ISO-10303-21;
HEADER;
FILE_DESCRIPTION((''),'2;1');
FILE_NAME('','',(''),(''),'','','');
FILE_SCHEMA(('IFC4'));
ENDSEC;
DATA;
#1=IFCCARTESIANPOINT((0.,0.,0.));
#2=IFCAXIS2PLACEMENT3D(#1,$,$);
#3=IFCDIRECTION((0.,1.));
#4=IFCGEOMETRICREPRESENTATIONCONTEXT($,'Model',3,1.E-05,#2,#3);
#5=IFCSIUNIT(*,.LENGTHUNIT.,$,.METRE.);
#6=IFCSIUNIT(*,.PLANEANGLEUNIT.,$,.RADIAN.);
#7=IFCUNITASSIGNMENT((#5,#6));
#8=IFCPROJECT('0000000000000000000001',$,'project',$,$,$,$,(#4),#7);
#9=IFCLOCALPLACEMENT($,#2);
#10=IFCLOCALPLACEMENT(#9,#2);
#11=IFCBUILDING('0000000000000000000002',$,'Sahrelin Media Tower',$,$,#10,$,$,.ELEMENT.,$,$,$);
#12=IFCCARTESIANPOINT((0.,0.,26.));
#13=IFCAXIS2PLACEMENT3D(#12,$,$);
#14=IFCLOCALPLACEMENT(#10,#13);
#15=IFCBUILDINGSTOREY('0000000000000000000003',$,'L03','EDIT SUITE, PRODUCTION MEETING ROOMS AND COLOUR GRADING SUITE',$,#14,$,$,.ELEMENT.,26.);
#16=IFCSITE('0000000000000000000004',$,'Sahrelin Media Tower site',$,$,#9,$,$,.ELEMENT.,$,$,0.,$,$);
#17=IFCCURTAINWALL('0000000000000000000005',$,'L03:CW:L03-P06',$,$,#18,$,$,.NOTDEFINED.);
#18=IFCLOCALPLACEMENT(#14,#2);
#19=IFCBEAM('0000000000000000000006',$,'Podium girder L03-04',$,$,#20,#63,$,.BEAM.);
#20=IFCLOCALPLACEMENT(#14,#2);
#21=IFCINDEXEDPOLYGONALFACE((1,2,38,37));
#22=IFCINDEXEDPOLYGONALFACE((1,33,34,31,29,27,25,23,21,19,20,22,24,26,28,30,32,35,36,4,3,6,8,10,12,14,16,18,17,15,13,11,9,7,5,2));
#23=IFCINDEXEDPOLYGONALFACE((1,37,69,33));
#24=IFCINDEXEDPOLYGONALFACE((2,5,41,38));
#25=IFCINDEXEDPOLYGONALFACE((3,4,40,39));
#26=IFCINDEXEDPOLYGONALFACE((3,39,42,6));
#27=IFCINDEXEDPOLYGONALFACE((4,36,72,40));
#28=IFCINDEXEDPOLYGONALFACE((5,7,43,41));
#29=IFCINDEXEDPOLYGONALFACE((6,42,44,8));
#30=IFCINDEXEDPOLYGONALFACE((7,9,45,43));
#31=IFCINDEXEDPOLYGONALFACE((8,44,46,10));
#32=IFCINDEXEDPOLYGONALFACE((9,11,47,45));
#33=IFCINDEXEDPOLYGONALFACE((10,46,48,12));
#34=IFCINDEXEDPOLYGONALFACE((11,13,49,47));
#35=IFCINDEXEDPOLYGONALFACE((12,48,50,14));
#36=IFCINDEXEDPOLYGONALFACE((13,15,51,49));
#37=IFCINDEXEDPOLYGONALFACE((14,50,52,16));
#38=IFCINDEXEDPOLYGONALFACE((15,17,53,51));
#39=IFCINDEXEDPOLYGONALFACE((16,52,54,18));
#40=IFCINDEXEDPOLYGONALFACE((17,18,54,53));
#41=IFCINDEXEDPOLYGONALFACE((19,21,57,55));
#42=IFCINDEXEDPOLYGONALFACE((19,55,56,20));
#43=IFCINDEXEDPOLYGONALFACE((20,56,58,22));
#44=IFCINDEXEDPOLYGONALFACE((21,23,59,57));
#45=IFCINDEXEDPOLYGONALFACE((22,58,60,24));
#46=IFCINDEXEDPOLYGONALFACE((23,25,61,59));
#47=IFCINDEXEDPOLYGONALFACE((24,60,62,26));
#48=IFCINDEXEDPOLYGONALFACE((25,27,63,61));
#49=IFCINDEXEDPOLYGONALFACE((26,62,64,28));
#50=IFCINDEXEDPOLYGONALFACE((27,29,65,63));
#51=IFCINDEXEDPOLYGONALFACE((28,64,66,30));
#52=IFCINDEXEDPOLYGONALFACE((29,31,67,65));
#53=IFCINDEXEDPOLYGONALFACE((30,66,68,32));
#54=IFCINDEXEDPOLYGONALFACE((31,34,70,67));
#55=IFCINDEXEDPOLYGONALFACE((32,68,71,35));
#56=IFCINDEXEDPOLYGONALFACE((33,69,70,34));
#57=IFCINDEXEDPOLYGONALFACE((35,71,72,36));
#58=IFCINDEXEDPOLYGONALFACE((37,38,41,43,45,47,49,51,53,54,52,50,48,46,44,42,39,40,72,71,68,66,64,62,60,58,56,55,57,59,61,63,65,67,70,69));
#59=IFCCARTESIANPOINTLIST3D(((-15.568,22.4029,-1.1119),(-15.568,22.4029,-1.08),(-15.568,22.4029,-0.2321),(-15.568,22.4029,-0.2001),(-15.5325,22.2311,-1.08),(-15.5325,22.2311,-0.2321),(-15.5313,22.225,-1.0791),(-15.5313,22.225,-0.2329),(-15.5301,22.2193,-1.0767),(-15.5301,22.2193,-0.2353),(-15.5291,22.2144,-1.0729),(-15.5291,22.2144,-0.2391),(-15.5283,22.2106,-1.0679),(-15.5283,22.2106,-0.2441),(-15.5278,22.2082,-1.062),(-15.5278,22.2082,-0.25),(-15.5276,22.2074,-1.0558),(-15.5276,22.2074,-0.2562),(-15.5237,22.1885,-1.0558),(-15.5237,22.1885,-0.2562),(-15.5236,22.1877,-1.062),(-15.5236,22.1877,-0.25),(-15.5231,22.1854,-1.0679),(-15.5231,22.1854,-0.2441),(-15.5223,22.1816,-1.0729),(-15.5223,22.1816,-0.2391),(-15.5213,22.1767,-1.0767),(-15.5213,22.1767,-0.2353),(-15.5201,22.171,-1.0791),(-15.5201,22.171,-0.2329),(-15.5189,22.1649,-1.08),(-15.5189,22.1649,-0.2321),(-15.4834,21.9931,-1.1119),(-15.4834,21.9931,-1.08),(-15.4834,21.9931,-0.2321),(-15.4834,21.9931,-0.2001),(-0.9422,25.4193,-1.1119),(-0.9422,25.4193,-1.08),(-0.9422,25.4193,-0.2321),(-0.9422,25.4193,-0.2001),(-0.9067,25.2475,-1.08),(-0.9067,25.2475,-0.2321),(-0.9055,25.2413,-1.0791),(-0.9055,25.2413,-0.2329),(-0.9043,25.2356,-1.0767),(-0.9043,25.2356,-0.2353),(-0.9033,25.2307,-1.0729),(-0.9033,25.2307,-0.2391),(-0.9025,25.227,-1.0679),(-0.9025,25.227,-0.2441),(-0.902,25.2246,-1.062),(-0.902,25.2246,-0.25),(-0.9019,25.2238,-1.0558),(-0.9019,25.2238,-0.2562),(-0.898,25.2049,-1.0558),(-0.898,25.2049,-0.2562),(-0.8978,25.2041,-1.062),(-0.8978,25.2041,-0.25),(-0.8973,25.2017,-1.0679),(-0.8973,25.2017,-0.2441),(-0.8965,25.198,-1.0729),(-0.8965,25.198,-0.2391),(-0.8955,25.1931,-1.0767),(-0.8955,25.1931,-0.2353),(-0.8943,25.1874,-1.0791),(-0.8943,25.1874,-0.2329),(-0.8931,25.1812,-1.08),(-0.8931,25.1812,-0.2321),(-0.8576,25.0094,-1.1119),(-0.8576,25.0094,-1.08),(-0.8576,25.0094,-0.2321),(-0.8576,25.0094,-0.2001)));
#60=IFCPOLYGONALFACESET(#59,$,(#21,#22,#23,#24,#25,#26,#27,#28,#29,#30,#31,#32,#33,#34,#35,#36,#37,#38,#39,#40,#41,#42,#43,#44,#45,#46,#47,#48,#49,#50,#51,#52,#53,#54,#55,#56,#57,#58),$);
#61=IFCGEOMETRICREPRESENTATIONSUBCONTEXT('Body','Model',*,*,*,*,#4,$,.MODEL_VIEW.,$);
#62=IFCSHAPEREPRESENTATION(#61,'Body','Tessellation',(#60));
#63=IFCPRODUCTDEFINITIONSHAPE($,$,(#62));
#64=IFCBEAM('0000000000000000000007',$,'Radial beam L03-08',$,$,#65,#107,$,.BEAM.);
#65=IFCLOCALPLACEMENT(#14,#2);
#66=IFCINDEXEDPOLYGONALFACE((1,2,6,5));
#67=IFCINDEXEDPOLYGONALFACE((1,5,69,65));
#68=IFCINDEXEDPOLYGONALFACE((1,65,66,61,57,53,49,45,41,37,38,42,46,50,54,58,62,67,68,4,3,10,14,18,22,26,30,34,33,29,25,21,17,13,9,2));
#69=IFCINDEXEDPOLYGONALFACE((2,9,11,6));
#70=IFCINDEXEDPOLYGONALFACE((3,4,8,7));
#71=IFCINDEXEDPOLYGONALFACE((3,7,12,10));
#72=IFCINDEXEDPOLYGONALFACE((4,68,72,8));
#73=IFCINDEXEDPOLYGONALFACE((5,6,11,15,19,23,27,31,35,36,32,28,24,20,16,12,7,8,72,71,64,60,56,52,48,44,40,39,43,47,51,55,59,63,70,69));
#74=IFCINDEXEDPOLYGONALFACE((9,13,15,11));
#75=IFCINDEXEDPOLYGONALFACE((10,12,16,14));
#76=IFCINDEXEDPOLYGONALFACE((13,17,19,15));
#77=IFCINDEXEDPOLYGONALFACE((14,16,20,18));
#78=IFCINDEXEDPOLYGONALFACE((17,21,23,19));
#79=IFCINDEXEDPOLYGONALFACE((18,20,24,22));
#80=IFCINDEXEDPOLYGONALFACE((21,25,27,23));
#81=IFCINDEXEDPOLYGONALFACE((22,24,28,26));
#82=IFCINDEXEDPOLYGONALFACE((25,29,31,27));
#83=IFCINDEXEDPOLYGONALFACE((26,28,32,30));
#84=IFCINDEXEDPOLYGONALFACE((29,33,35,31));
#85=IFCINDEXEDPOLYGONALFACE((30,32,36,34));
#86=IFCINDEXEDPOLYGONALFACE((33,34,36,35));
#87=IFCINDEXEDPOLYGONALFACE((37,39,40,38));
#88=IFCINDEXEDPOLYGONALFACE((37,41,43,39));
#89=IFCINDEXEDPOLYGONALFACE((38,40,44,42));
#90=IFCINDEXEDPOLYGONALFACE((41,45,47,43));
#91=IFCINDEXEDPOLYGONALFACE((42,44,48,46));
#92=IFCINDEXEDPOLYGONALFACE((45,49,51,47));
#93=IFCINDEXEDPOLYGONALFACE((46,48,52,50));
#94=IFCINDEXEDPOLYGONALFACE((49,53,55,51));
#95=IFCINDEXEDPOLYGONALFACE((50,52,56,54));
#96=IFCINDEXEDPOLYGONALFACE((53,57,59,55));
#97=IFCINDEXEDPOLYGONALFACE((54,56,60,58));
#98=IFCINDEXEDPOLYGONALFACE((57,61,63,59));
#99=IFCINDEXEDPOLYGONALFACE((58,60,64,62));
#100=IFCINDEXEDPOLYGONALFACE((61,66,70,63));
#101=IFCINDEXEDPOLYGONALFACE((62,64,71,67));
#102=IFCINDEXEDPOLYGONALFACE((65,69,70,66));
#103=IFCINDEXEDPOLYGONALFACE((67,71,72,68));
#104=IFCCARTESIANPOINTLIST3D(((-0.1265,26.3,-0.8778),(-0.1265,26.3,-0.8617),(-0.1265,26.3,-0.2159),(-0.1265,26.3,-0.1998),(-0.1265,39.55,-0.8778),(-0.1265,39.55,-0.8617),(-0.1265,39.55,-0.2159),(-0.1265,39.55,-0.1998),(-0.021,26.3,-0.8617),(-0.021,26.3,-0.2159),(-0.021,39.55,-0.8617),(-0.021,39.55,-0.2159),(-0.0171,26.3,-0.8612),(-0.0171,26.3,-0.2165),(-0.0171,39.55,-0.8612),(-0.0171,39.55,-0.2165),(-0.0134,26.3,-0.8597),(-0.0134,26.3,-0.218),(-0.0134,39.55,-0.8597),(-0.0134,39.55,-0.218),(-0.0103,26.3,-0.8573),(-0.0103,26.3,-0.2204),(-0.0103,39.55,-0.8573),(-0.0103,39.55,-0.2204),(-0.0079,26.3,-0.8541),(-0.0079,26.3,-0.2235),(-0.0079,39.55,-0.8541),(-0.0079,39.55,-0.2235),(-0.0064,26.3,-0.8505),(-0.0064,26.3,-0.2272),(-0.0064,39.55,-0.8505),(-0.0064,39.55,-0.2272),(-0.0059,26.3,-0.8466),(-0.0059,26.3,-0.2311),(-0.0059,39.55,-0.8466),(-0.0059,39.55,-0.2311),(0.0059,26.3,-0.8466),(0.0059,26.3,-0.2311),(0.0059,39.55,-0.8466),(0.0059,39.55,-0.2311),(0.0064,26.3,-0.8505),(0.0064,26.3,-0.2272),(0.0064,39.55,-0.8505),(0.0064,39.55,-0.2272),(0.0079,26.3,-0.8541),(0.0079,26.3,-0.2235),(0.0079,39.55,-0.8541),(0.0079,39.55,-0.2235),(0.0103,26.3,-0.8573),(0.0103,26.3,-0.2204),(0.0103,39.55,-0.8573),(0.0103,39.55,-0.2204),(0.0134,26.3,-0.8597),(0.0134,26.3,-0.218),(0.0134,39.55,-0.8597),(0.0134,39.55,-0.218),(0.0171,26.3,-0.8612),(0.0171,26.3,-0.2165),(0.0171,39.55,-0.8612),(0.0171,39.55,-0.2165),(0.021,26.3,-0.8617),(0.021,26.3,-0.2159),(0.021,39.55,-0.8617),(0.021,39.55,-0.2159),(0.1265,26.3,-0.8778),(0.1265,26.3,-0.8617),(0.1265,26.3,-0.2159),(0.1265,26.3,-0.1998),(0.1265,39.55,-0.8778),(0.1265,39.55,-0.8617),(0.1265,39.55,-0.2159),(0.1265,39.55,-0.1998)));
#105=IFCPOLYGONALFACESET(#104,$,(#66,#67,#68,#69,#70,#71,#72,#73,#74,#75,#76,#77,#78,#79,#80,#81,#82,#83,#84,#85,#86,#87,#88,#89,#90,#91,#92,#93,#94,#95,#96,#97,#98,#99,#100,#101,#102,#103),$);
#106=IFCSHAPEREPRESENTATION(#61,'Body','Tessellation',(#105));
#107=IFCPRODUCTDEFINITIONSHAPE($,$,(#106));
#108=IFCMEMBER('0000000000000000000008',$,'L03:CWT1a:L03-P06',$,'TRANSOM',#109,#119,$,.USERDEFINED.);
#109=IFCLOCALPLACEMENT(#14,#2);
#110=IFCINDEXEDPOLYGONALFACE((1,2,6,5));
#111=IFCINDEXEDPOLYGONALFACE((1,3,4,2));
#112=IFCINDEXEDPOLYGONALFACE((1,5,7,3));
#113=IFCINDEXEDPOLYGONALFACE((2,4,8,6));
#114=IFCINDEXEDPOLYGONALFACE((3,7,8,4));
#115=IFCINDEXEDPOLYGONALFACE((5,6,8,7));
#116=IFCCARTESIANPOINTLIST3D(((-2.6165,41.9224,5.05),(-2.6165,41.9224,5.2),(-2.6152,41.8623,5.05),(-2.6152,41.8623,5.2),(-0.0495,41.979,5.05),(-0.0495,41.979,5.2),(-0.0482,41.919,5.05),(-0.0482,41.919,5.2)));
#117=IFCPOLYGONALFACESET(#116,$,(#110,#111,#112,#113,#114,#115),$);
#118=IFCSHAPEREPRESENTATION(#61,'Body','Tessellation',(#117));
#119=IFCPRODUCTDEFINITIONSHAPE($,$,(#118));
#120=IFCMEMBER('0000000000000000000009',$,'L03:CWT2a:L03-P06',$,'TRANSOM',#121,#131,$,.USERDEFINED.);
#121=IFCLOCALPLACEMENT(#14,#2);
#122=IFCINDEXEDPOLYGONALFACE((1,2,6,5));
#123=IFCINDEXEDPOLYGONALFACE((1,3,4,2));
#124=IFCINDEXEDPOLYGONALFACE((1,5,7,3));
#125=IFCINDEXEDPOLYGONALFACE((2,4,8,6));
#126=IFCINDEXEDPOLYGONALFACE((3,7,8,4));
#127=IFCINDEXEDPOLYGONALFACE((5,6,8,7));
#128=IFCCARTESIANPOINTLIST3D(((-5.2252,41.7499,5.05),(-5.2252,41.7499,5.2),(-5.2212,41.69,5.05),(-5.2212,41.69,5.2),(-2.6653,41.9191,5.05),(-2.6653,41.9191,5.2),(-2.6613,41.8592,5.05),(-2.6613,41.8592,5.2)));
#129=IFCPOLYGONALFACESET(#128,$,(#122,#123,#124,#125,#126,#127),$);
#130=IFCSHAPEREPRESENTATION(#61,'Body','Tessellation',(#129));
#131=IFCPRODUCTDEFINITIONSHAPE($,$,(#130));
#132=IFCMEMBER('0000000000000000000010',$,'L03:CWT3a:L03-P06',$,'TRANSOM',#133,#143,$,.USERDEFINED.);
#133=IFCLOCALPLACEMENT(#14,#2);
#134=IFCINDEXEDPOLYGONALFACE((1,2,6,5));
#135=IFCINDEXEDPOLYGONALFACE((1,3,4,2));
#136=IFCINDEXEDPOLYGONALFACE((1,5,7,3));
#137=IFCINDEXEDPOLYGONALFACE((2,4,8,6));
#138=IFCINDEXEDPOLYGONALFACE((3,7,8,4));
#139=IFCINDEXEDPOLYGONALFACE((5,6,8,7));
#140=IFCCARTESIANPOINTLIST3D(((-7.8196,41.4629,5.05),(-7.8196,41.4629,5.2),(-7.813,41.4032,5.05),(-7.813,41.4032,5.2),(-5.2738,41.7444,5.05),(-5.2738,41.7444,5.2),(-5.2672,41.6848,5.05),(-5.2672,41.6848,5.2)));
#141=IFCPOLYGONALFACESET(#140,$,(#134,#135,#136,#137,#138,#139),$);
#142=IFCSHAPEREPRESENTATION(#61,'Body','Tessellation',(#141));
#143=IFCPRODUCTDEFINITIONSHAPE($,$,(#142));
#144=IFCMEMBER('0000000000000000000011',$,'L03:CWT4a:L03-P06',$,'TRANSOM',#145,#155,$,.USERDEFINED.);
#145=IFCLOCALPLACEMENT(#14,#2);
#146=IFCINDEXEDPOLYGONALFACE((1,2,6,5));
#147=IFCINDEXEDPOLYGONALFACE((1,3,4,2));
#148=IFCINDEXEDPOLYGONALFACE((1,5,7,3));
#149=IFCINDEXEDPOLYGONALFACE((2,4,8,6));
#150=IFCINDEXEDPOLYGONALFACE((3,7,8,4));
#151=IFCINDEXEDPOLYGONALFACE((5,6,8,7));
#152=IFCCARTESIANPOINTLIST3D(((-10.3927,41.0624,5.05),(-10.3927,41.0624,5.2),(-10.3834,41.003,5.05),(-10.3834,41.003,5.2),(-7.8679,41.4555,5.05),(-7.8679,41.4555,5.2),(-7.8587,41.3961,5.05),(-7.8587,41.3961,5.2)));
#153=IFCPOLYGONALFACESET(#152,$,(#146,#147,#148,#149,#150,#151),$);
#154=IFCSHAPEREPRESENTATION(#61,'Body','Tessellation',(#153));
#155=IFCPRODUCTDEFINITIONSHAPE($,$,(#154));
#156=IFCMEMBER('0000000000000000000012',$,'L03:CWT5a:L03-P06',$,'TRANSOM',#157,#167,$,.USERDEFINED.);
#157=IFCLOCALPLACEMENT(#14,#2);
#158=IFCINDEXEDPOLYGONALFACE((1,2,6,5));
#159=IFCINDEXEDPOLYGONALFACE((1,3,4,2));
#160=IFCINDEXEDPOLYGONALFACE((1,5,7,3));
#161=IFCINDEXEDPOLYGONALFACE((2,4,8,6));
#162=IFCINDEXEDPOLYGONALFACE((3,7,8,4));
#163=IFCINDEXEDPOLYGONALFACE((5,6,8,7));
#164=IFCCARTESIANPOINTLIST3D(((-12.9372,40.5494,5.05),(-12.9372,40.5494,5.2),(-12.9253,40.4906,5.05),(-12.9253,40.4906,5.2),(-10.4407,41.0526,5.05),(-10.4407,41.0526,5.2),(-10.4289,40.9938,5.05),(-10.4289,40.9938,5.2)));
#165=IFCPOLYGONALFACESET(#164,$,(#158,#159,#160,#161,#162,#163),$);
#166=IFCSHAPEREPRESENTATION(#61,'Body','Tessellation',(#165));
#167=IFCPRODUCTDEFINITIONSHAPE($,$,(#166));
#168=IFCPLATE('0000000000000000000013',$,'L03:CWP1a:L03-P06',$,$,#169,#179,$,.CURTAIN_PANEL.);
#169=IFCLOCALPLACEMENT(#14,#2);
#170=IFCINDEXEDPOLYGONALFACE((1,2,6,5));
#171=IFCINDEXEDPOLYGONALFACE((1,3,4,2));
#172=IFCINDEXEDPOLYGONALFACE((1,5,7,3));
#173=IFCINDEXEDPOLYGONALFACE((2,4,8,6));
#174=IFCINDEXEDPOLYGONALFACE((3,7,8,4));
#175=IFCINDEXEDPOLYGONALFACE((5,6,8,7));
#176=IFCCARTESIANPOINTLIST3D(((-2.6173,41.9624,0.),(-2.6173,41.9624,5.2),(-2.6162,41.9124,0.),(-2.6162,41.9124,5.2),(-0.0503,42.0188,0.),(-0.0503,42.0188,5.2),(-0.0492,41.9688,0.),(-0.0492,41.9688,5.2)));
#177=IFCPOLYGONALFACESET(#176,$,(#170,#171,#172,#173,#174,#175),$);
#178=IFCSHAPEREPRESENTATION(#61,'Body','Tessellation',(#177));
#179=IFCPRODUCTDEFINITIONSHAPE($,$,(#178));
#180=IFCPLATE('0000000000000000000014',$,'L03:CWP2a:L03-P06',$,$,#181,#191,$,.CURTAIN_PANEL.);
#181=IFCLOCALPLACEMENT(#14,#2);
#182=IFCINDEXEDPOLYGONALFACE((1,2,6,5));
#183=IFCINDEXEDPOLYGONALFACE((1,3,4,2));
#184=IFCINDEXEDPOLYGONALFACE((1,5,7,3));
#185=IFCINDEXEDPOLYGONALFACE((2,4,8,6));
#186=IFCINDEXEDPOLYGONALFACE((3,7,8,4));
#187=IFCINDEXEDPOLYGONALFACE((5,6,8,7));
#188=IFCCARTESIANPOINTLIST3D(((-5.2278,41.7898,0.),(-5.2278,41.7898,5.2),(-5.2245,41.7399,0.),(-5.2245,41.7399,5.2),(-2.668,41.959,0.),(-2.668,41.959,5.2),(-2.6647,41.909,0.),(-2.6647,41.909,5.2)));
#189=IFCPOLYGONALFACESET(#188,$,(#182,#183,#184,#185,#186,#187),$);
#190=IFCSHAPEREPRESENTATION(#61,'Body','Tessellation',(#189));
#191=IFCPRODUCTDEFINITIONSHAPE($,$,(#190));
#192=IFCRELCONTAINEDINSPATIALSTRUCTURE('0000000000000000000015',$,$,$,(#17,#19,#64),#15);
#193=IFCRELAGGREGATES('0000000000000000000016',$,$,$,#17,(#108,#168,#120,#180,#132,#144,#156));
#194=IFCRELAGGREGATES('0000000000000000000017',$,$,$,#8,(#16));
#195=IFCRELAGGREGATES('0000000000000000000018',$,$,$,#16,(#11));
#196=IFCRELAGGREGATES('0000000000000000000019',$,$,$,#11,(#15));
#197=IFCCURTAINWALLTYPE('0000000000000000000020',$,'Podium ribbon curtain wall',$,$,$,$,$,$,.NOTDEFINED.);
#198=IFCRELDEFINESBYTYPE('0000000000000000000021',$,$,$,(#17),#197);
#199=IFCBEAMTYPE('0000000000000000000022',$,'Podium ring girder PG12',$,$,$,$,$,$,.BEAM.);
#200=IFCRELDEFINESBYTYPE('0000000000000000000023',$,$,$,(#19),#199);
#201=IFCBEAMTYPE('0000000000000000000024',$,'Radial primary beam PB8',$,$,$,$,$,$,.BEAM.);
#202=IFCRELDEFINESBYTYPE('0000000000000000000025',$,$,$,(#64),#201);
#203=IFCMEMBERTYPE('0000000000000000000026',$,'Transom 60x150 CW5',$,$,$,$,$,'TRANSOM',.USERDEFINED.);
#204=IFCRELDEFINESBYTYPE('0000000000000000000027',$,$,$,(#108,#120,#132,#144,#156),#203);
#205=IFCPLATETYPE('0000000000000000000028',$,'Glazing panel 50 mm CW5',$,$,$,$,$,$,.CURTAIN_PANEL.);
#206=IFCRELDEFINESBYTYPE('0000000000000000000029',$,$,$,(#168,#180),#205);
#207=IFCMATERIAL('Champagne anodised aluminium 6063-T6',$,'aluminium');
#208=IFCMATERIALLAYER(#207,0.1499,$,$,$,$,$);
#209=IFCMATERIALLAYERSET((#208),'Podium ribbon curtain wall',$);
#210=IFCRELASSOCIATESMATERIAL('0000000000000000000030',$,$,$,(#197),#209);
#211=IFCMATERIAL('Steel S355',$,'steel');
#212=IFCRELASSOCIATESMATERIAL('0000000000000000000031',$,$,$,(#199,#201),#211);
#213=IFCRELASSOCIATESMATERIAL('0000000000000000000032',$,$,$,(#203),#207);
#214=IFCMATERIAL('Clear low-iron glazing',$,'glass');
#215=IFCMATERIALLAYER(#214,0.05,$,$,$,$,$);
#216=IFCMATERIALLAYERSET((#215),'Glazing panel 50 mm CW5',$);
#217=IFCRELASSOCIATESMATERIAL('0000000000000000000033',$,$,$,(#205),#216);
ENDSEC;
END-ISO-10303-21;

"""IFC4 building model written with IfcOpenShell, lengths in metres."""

from ifc_helpers import new_model, si_unit, direction, frame, origin, origin_2d, place, context, subcontext, project, spatial, polyline, rectangle, i_section, outline, extrude, material, layer, layer_set, material_profile, profile_set, type_object, element, aggregate, save


model = new_model("IFC4")

# Units and contexts
model_context = context("Model", 3, precision=1e-05, world=origin(), true_north=direction((0.0, 1.0)))
body_context = subcontext(model_context, "Body", "Model", "MODEL_VIEW")
ifc_project = project(units=[si_unit("LENGTHUNIT", "METRE"), si_unit("PLANEANGLEUNIT", "RADIAN")], contexts=[model_context])

# Site, building, storey
site_placement = place(None, origin())
site = spatial("IfcSite", under=ifc_project, at=site_placement, Name="Sahrelin Media Tower site", CompositionType="ELEMENT", RefElevation=0.0)
building_placement = place(site_placement, origin())
building = spatial("IfcBuilding", under=site, at=building_placement, Name="Sahrelin Media Tower", CompositionType="ELEMENT")
storey_placement = place(building_placement, frame((0.0, 0.0, 26.0)))
storey = spatial("IfcBuildingStorey", under=building, at=storey_placement, Name="L03", Description="EDIT SUITE, PRODUCTION MEETING ROOMS AND COLOUR GRADING SUITE", CompositionType="ELEMENT", Elevation=26.0)

# Shared definitions
ifc_material_1 = material(Name="Steel S355", Category="steel")

# Curtain wall
ifc_material_2 = material(Name="Champagne anodised aluminium 6063-T6", Category="aluminium")
ifc_layer_1 = layer(ifc_material_2, 0.1499)
ifc_layer_set_1 = layer_set([ifc_layer_1], Name="Podium ribbon curtain wall")
curtain_wall_type = type_object("IfcCurtainWallType", Name="Podium ribbon curtain wall", PredefinedType="NOTDEFINED", material=ifc_layer_set_1)
curtain_wall_placement = place(storey_placement, frame((0.0, 42.0, 0.0), z_axis=(0.0, 0.0, 1.0), x_axis=(1.0, 0.0, 0.0)))
curtain_wall = element("IfcCurtainWall", 1, at=curtain_wall_placement, inside=storey, type_object=curtain_wall_type, Name="L03:CW:L03-P06", PredefinedType="NOTDEFINED")

# Beams
ifc_material_profile_1 = material_profile(ifc_material_1, i_section(OverallWidth=0.4185, OverallDepth=0.9119, WebThickness=0.0193, FlangeThickness=0.032, FilletRadius=0.0242, at=origin_2d()), Name="UB 914x419x343")
ifc_profile_set_1 = profile_set([ifc_material_profile_1], Name="Steel S355")
beam_type_1 = type_object("IfcBeamType", Name="Podium ring girder PG12", PredefinedType="BEAM", material=ifc_profile_set_1)
beam_1_placement = place(storey_placement, frame((-0.8999, 25.2144, -0.656), z_axis=(-0.979389, -0.201985, 0.0), x_axis=(0.201985, -0.979389, 0.0)))
element("IfcBeam", 2, at=beam_1_placement, inside=storey, type_object=beam_type_1, Name="Podium girder L03-04", PredefinedType="BEAM", context=body_context, shape_type="SweptSolid", body=[
    extrude(i_section(OverallWidth=0.4185, OverallDepth=0.9119, WebThickness=0.0193, FlangeThickness=0.032, FilletRadius=0.0242, at=origin_2d()), origin(), (0.0, 0.0, 1.0), 14.9336),
])
ifc_material_profile_2 = material_profile(ifc_material_1, i_section(OverallWidth=0.2529, OverallDepth=0.678, WebThickness=0.0117, FlangeThickness=0.0161, FilletRadius=0.0151, at=origin_2d()), Name="UB 686x254x125")
ifc_profile_set_2 = profile_set([ifc_material_profile_2], Name="Steel S355")
beam_type_2 = type_object("IfcBeamType", Name="Radial primary beam PB8", PredefinedType="BEAM", material=ifc_profile_set_2)
beam_2_placement = place(storey_placement, frame((0.0, 26.3, -0.5388), z_axis=(0.0, 1.0, 0.0), x_axis=(-1.0, 0.0, 0.0)))
element("IfcBeam", 3, at=beam_2_placement, inside=storey, type_object=beam_type_2, Name="Radial beam L03-08", PredefinedType="BEAM", context=body_context, shape_type="SweptSolid", body=[
    extrude(i_section(OverallWidth=0.2529, OverallDepth=0.678, WebThickness=0.0117, FlangeThickness=0.0161, FilletRadius=0.0151, at=origin_2d()), origin(), (0.0, 0.0, 1.0), 13.25),
])

# Members
ifc_material_profile_3 = material_profile(ifc_material_2, rectangle(XDim=0.0601, YDim=0.1499, at=origin_2d()), Name="Transom 60x150")
ifc_profile_set_3 = profile_set([ifc_material_profile_3], Name="Champagne anodised aluminium 6063-T6")
member_type_1 = type_object("IfcMemberType", Name="Transom 60x150 CW5", ElementType="TRANSOM", PredefinedType="USERDEFINED", material=ifc_profile_set_3)
member_1_placement = place(storey_placement, frame((-0.0488, 41.949, 5.125), z_axis=(-0.999757, -0.02206, 0.0), x_axis=(0.02206, -0.999757, 0.0)))
member_1 = element("IfcMember", 4, at=member_1_placement, type_object=member_type_1, Name="L03:CWT1a:L03-P06", ObjectType="TRANSOM", PredefinedType="USERDEFINED", context=body_context, shape_type="SweptSolid", body=[
    extrude(rectangle(XDim=0.0601, YDim=0.1499, at=origin_2d()), origin(), (0.0, 0.0, 1.0), 2.5676),
])
member_2_placement = place(storey_placement, frame((-2.6633, 41.8892, 5.125), z_axis=(-0.997823, -0.065951, 0.0), x_axis=(0.065951, -0.997823, 0.0)))
member_2 = element("IfcMember", 5, at=member_2_placement, type_object=member_type_1, Name="L03:CWT2a:L03-P06", ObjectType="TRANSOM", PredefinedType="USERDEFINED", context=body_context, shape_type="SweptSolid", body=[
    extrude(rectangle(XDim=0.0601, YDim=0.1499, at=origin_2d()), origin(), (0.0, 0.0, 1.0), 2.5654),
])
member_3_placement = place(storey_placement, frame((-5.2705, 41.7146, 5.125), z_axis=(-0.993942, -0.109908, 0.0), x_axis=(0.109908, -0.993942, 0.0)))
member_3 = element("IfcMember", 6, at=member_3_placement, type_object=member_type_1, Name="L03:CWT3a:L03-P06", ObjectType="TRANSOM", PredefinedType="USERDEFINED", context=body_context, shape_type="SweptSolid", body=[
    extrude(rectangle(XDim=0.0601, YDim=0.1499, at=origin_2d()), origin(), (0.0, 0.0, 1.0), 2.5613),
])
member_4_placement = place(storey_placement, frame((-7.8633, 41.4258, 5.125), z_axis=(-0.988096, -0.153838, 0.0), x_axis=(0.153838, -0.988096, 0.0)))
member_4 = element("IfcMember", 7, at=member_4_placement, type_object=member_type_1, Name="L03:CWT4a:L03-P06", ObjectType="TRANSOM", PredefinedType="USERDEFINED", context=body_context, shape_type="SweptSolid", body=[
    extrude(rectangle(XDim=0.0601, YDim=0.1499, at=origin_2d()), origin(), (0.0, 0.0, 1.0), 2.5552),
])
member_5_placement = place(storey_placement, frame((-10.4348, 41.0232, 5.125), z_axis=(-0.980285, -0.197591, 0.0), x_axis=(0.197591, -0.980285, 0.0)))
member_5 = element("IfcMember", 8, at=member_5_placement, type_object=member_type_1, Name="L03:CWT5a:L03-P06", ObjectType="TRANSOM", PredefinedType="USERDEFINED", context=body_context, shape_type="SweptSolid", body=[
    extrude(rectangle(XDim=0.0601, YDim=0.1499, at=origin_2d()), origin(), (0.0, 0.0, 1.0), 2.5466),
])

# Plates
ifc_material_3 = material(Name="Clear low-iron glazing", Category="glass")
ifc_layer_2 = layer(ifc_material_3, 0.05)
ifc_layer_set_2 = layer_set([ifc_layer_2], Name="Glazing panel 50 mm CW5")
plate_type = type_object("IfcPlateType", Name="Glazing panel 50 mm CW5", PredefinedType="CURTAIN_PANEL", material=ifc_layer_set_2)
plate_1_placement = place(storey_placement, frame((-0.0503, 42.0188, 0.0), z_axis=(-0.021965, 0.999759, 0.0), x_axis=(-0.999759, -0.021965, 0.0)))
plate_1 = element("IfcPlate", 9, at=plate_1_placement, type_object=plate_type, Name="L03:CWP1a:L03-P06", PredefinedType="CURTAIN_PANEL", context=body_context, shape_type="SweptSolid", body=[
    extrude(outline(polyline([(0.0, 0.0), (2.5676, 0.0), (2.5676, 5.2), (0.0, 5.2), (0.0, 0.0)])), origin(), (0.0, 0.0, -1.0), 0.05),
])
plate_2_placement = place(storey_placement, frame((-2.668, 41.959, 0.0), z_axis=(-0.065951, 0.997823, 0.0), x_axis=(-0.997823, -0.065951, 0.0)))
plate_2 = element("IfcPlate", 10, at=plate_2_placement, type_object=plate_type, Name="L03:CWP2a:L03-P06", PredefinedType="CURTAIN_PANEL", context=body_context, shape_type="SweptSolid", body=[
    extrude(outline(polyline([(0.0, 0.0), (2.5654, 0.0), (2.5654, 5.2), (0.0, 5.2), (0.0, 0.0)])), origin(), (0.0, 0.0, -1.0), 0.05),
])
aggregate(curtain_wall, [member_1, plate_1, member_2, plate_2, member_3, member_4, member_5])

save(model, "model.ifc")
